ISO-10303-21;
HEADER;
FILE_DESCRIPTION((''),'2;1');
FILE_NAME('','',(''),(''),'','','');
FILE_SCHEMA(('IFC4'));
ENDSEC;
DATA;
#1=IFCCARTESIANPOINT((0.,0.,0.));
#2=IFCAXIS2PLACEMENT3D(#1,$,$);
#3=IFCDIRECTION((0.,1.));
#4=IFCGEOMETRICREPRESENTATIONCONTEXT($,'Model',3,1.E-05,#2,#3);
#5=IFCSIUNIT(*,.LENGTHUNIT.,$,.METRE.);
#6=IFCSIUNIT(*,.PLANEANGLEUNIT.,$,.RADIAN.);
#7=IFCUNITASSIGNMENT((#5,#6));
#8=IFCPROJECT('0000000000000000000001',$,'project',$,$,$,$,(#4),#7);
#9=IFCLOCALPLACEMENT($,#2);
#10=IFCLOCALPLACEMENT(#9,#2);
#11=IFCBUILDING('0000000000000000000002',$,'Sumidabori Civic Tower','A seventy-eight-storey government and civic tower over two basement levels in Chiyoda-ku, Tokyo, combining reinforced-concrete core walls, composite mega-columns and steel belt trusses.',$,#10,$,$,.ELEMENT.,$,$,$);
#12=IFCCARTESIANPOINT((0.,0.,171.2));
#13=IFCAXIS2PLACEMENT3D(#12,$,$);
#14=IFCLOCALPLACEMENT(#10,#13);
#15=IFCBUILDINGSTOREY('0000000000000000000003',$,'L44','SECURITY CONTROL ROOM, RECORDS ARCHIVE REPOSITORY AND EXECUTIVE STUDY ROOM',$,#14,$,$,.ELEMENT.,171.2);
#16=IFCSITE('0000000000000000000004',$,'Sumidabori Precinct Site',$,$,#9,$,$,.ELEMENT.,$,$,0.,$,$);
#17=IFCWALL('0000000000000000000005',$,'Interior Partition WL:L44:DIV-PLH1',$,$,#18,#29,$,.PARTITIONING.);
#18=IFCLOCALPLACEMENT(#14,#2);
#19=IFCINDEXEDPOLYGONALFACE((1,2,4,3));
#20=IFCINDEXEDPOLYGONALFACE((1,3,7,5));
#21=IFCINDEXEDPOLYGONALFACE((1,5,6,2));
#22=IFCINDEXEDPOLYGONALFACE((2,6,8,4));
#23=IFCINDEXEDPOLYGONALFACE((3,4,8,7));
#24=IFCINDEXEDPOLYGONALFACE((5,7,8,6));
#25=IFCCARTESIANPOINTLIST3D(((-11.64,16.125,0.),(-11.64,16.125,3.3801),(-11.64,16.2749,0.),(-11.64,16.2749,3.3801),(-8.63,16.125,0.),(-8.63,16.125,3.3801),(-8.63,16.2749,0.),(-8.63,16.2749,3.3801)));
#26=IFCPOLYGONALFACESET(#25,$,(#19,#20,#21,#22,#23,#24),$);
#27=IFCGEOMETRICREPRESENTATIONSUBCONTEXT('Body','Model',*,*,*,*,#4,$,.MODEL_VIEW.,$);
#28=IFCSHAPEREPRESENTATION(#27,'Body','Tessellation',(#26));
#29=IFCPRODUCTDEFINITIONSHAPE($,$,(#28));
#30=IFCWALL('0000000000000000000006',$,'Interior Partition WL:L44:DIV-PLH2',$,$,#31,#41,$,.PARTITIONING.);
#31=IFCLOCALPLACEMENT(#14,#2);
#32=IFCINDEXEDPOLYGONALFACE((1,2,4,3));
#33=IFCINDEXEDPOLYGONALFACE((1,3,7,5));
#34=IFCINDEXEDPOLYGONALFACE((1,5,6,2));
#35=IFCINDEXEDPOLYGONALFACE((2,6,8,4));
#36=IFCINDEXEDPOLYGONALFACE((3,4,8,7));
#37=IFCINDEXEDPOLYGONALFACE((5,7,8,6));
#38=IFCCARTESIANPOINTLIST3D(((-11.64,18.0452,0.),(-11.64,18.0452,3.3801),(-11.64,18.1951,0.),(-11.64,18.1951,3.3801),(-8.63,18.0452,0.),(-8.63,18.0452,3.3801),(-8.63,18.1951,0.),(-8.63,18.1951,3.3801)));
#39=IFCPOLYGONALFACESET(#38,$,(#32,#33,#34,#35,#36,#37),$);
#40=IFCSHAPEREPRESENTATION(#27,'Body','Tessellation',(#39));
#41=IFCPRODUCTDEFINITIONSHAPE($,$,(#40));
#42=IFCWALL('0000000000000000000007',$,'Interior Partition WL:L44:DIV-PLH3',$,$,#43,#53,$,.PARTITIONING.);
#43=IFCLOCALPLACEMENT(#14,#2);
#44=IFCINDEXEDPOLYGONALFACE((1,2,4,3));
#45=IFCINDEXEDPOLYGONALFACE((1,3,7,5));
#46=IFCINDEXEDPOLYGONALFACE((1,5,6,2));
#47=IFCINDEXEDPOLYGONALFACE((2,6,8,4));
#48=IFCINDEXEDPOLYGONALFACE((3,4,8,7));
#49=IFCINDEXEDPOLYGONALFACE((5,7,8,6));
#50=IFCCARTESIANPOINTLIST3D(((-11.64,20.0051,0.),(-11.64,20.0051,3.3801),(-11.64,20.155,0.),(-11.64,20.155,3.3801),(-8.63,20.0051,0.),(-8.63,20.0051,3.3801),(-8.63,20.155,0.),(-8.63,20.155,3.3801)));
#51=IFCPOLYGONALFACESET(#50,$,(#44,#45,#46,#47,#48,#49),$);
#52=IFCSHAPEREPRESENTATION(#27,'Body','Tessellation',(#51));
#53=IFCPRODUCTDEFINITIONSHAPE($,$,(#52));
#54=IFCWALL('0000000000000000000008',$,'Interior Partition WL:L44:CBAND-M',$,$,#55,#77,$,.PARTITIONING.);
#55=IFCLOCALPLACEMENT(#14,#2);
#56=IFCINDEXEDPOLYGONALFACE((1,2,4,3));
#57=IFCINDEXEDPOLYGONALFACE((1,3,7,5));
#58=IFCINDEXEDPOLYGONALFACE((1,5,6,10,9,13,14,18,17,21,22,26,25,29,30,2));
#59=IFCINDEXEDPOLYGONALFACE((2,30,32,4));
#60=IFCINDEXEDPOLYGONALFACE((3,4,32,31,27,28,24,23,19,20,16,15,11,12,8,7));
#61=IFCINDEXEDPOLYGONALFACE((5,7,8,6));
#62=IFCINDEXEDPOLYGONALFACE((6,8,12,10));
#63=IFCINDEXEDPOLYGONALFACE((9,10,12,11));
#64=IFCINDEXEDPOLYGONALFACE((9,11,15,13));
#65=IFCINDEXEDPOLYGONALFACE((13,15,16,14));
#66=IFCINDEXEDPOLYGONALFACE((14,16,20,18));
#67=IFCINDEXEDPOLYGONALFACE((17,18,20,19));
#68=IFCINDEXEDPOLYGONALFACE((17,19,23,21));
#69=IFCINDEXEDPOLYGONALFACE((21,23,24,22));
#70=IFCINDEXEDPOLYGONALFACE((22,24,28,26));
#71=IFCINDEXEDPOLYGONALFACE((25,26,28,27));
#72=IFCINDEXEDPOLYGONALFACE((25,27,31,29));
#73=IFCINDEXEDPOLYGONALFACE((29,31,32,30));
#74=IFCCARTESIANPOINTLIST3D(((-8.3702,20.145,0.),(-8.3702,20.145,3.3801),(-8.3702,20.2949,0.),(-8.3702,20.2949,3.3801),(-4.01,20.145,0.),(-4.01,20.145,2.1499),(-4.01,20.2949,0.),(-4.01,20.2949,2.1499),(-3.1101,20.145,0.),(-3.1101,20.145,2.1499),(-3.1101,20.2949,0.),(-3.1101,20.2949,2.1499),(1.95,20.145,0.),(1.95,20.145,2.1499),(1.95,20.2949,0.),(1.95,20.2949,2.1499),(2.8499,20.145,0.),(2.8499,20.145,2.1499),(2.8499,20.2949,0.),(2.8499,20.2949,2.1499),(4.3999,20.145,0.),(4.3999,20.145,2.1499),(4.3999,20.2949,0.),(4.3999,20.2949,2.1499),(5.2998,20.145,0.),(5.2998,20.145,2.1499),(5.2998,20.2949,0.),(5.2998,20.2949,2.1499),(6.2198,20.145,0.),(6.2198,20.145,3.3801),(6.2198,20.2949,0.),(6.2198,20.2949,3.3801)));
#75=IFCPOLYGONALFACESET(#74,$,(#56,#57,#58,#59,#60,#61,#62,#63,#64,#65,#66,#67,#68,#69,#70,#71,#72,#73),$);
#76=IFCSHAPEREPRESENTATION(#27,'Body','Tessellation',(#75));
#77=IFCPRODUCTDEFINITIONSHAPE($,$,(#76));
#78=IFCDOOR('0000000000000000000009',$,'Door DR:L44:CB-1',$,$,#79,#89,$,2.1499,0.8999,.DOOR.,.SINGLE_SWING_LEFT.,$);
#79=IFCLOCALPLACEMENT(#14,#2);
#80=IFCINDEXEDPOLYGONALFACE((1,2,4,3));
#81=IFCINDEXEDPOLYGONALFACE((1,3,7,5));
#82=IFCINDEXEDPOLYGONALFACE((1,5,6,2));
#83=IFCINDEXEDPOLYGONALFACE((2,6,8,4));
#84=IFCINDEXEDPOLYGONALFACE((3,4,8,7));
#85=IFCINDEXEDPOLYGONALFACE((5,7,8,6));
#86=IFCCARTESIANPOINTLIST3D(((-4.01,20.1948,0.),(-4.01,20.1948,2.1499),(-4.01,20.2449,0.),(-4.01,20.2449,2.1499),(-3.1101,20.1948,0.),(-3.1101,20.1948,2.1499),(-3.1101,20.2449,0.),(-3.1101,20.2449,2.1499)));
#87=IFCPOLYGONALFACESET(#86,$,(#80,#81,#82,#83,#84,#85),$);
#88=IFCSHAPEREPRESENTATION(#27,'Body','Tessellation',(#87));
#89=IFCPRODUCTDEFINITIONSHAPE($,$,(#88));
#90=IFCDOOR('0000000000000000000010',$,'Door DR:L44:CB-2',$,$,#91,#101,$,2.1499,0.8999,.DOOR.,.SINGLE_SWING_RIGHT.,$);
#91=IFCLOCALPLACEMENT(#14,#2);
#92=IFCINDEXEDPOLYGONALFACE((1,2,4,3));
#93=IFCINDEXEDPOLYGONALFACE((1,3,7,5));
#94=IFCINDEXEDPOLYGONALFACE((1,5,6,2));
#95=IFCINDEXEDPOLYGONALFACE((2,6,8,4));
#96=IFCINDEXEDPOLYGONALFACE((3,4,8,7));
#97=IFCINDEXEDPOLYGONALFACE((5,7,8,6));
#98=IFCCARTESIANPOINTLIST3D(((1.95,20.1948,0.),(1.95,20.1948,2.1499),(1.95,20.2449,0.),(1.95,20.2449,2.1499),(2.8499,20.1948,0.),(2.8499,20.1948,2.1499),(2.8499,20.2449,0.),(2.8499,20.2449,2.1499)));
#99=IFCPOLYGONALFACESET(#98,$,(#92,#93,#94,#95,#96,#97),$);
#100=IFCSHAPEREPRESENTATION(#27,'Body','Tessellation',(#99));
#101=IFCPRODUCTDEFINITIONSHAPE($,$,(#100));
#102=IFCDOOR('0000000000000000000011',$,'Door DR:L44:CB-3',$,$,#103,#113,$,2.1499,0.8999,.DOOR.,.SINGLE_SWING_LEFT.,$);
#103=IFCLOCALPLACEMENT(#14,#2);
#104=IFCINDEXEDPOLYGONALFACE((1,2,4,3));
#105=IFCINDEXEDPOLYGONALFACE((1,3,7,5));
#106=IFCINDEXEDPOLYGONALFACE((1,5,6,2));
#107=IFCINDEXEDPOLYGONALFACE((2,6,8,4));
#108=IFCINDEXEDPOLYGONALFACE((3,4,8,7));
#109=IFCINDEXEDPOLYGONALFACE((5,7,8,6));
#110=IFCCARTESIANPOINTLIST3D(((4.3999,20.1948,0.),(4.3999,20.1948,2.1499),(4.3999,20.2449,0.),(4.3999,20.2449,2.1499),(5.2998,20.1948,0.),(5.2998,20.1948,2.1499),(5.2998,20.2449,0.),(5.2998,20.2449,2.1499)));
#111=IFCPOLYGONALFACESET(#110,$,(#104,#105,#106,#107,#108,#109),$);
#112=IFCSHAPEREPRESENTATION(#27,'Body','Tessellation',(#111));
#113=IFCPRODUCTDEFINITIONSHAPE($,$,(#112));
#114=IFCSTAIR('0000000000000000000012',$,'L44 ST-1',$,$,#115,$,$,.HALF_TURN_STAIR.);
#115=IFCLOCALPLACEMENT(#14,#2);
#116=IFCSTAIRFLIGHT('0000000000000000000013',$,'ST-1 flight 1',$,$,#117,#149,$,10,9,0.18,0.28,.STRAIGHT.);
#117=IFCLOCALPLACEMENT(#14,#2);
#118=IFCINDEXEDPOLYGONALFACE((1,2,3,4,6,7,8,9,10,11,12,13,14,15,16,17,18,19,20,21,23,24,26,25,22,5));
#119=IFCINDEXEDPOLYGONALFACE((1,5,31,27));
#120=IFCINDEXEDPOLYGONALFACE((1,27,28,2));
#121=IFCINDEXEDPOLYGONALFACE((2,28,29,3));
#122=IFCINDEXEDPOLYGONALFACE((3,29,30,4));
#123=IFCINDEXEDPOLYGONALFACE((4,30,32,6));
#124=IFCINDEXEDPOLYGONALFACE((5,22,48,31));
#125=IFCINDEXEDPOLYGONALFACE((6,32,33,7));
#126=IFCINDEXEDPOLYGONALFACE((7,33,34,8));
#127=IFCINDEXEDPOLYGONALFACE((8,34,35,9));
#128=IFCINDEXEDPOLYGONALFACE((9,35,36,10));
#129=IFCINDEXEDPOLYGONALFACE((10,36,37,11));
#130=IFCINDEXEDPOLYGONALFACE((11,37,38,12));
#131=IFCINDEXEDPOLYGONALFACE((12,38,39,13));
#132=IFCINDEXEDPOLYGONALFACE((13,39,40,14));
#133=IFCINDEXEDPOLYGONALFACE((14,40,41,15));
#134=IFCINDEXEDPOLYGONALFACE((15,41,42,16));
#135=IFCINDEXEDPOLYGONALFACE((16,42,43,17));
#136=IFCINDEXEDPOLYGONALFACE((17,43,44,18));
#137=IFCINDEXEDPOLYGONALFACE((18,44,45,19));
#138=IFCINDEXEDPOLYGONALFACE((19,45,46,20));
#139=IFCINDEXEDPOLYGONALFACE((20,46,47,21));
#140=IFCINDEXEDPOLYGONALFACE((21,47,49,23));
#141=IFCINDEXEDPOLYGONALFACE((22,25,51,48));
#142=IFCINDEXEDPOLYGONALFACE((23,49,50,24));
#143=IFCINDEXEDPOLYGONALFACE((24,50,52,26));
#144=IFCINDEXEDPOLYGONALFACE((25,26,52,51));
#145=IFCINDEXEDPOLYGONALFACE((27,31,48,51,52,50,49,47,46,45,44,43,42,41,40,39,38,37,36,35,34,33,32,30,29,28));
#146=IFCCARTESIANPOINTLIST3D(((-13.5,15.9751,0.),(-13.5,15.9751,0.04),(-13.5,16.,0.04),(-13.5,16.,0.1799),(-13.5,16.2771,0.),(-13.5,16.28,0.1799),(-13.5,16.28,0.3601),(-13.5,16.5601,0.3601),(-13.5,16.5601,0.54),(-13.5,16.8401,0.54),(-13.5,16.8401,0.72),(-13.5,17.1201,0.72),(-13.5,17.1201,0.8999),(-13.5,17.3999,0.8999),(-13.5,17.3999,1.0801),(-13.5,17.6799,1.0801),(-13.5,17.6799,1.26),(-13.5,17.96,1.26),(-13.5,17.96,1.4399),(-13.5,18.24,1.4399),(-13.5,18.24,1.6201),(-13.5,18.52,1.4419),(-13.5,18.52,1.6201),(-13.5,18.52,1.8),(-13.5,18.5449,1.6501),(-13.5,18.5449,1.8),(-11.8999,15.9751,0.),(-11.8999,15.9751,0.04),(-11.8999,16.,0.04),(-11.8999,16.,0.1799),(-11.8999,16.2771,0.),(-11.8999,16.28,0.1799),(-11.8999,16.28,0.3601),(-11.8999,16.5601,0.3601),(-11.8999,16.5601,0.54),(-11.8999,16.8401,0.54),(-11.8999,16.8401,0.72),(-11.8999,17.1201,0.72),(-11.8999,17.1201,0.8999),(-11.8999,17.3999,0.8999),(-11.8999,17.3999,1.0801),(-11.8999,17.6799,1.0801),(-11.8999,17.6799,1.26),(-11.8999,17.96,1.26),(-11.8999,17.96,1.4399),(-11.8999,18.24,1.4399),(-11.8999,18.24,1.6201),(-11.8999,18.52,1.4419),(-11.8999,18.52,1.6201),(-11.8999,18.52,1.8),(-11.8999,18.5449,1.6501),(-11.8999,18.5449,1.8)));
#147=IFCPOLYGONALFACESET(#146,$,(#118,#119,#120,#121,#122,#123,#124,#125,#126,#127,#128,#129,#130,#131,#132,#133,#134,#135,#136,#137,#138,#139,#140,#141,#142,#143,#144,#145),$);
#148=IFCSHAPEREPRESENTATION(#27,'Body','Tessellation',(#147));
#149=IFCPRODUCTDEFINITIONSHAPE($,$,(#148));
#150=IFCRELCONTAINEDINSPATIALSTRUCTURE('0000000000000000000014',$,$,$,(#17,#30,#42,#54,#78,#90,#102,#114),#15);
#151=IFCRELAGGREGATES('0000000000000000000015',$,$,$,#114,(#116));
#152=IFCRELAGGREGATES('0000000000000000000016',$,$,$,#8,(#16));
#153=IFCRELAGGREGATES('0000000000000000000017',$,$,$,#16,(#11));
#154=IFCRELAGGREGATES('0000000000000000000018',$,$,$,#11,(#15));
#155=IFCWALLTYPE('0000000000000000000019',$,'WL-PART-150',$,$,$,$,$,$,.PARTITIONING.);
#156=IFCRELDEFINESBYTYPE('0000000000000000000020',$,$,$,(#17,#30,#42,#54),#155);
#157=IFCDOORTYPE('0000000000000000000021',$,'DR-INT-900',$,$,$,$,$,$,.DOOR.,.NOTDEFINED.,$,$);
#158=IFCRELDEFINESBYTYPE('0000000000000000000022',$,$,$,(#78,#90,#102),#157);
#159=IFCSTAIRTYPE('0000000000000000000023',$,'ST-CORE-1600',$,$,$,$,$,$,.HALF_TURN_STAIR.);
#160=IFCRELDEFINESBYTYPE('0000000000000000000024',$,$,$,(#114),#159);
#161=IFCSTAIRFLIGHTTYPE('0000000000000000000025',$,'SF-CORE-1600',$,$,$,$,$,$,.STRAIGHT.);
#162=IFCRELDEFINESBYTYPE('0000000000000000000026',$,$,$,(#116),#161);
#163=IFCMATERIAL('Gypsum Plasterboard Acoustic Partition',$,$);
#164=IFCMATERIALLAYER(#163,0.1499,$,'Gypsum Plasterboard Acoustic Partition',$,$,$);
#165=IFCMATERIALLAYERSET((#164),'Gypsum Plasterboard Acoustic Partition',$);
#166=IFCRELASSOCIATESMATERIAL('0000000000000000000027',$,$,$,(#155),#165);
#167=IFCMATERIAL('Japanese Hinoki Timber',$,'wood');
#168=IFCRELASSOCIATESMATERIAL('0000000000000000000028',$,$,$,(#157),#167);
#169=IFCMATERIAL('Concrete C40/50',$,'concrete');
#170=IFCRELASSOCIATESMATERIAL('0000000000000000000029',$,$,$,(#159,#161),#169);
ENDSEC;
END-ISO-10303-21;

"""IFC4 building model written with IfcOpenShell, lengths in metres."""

from ifc_helpers import new_model, si_unit, direction, frame, frame_2d, origin, place, context, subcontext, project, spatial, polyline, rectangle, outline, extrude, source, transform, mapped, material, layer, layer_set, type_object, element, fill, aggregate, save


model = new_model("IFC4")

# Units and contexts
model_context = context("Model", 3, precision=1e-05, world=origin(), true_north=direction((0.0, 1.0)))
body_context = subcontext(model_context, "Body", "Model", "MODEL_VIEW")
ifc_project = project(units=[si_unit("LENGTHUNIT", "METRE"), si_unit("PLANEANGLEUNIT", "RADIAN")], contexts=[model_context])

# Site, building, storey
site_placement = place(None, origin())
site = spatial("IfcSite", under=ifc_project, at=site_placement, Name="Sumidabori Precinct Site", CompositionType="ELEMENT", RefElevation=0.0)
building_placement = place(site_placement, origin())
building = spatial("IfcBuilding", under=site, at=building_placement, Name="Sumidabori Civic Tower", Description="A seventy-eight-storey government and civic tower over two basement levels in Chiyoda-ku, Tokyo, combining reinforced-concrete core walls, composite mega-columns and steel belt trusses.", CompositionType="ELEMENT")
storey_placement = place(building_placement, frame((0.0, 0.0, 171.2)))
storey = spatial("IfcBuildingStorey", under=building, at=storey_placement, Name="L44", Description="SECURITY CONTROL ROOM, RECORDS ARCHIVE REPOSITORY AND EXECUTIVE STUDY ROOM", CompositionType="ELEMENT", Elevation=171.2)

# Walls
ifc_material_1 = material(Name="Gypsum Plasterboard Acoustic Partition")
ifc_layer_1 = layer(ifc_material_1, 0.1499, Name="Gypsum Plasterboard Acoustic Partition")
ifc_layer_set_1 = layer_set([ifc_layer_1], Name="Gypsum Plasterboard Acoustic Partition")
wall_type_1 = type_object("IfcWallType", Name="WL-PART-150", PredefinedType="PARTITIONING", material=ifc_layer_set_1)
shared_shape_1 = source(origin(), body_context, "Body", "SweptSolid", [
    extrude(rectangle(XDim=3.01, YDim=0.1499, at=frame_2d((1.5049, 0.0))), origin(), (0.0, 0.0, 1.0), 3.3801),
])
for number, where, z_axis, x_axis, name in (
    (1, (-11.6399, 16.2, 0.0), (0.0, 0.0, 1.0), (1.0, 0.0, 0.0), "Interior Partition WL:L44:DIV-PLH1"),
    (2, (-11.6399, 18.1201, 0.0), (0.0, 0.0, 1.0), (1.0, 0.0, 0.0), "Interior Partition WL:L44:DIV-PLH2"),
    (3, (-11.6399, 20.0801, 0.0), (0.0, 0.0, 1.0), (1.0, 0.0, 0.0), "Interior Partition WL:L44:DIV-PLH3"),
):
    element("IfcWall", number, at=place(storey_placement, frame(where, z_axis=z_axis, x_axis=x_axis)), inside=storey, type_object=wall_type_1, Name=name, PredefinedType="PARTITIONING", context=body_context, shape_type="MappedRepresentation", body=[
        mapped(shared_shape_1, transform((0.0, 0.0, 0.0), x_axis=(1.0, 0.0, 0.0), y_axis=(0.0, 1.0, 0.0), z_axis=(0.0, 0.0, 1.0), scale=1.0)),
    ])

# Wall, openings, doors
shared_shape_2 = source(origin(), body_context, "Body", "SweptSolid", [
    extrude(rectangle(XDim=14.5901, YDim=0.1499, at=frame_2d((7.2949, 0.0))), origin(), (0.0, 0.0, 1.0), 3.3801),
])
wall_1_placement = place(storey_placement, frame((-8.3701, 20.22, 0.0), z_axis=(0.0, 0.0, 1.0), x_axis=(1.0, 0.0, 0.0)))
wall_1 = element("IfcWall", 4, at=wall_1_placement, inside=storey, type_object=wall_type_1, Name="Interior Partition WL:L44:CBAND-M", PredefinedType="PARTITIONING", context=body_context, shape_type="MappedRepresentation", body=[
    mapped(shared_shape_2, transform((0.0, 0.0, 0.0), x_axis=(1.0, 0.0, 0.0), y_axis=(0.0, 1.0, 0.0), z_axis=(0.0, 0.0, 1.0), scale=1.0)),
])
opening_1_placement = place(wall_1_placement, frame((4.3601, 0.0, 0.0)))
opening_1 = element("IfcOpeningElement", 5, at=opening_1_placement, cuts=wall_1, PredefinedType="OPENING", context=body_context, shape_type="SweptSolid", body=[
    extrude(rectangle(XDim=0.8999, YDim=2.1499, at=frame_2d((0.45, 1.075))), frame((0.0, 0.0869, 0.0), z_axis=(0.0, -1.0, 0.0), x_axis=(1.0, 0.0, 0.0)), (0.0, 0.0, 1.0), 0.1738),
])
opening_2_placement = place(wall_1_placement, frame((10.3201, 0.0, 0.0)))
opening_2 = element("IfcOpeningElement", 6, at=opening_2_placement, cuts=wall_1, PredefinedType="OPENING", context=body_context, shape_type="SweptSolid", body=[
    extrude(rectangle(XDim=0.8999, YDim=2.1499, at=frame_2d((0.45, 1.075))), frame((0.0, 0.0869, 0.0), z_axis=(0.0, -1.0, 0.0), x_axis=(1.0, 0.0, 0.0)), (0.0, 0.0, 1.0), 0.1738),
])
opening_3_placement = place(wall_1_placement, frame((12.77, 0.0, 0.0)))
opening_3 = element("IfcOpeningElement", 7, at=opening_3_placement, cuts=wall_1, PredefinedType="OPENING", context=body_context, shape_type="SweptSolid", body=[
    extrude(rectangle(XDim=0.8999, YDim=2.1499, at=frame_2d((0.45, 1.075))), frame((0.0, 0.0869, 0.0), z_axis=(0.0, -1.0, 0.0), x_axis=(1.0, 0.0, 0.0)), (0.0, 0.0, 1.0), 0.1738),
])
ifc_material_2 = material(Name="Japanese Hinoki Timber", Category="wood")
door_type = type_object("IfcDoorType", Name="DR-INT-900", OperationType="NOTDEFINED", PredefinedType="DOOR", material=ifc_material_2)
shared_shape_3 = source(origin(), body_context, "Body", "SweptSolid", [
    extrude(rectangle(XDim=0.8999, YDim=2.1499, at=frame_2d((0.45, 1.075))), frame((0.0, 0.0249, 0.0), z_axis=(0.0, -1.0, 0.0), x_axis=(1.0, 0.0, 0.0)), (0.0, 0.0, 1.0), 0.05),
])
door_1_placement = place(opening_1_placement, origin())
door_1 = element("IfcDoor", 8, at=door_1_placement, inside=storey, type_object=door_type, Name="Door DR:L44:CB-1", OperationType="SINGLE_SWING_LEFT", OverallHeight=2.1499, OverallWidth=0.8999, PredefinedType="DOOR", context=body_context, shape_type="MappedRepresentation", body=[
    mapped(shared_shape_3, transform((0.0, 0.0, 0.0), x_axis=(1.0, 0.0, 0.0), y_axis=(0.0, 1.0, 0.0), z_axis=(0.0, 0.0, 1.0), scale=1.0)),
])
fill(opening_1, door_1)
door_2_placement = place(opening_2_placement, origin())
door_2 = element("IfcDoor", 9, at=door_2_placement, inside=storey, type_object=door_type, Name="Door DR:L44:CB-2", OperationType="SINGLE_SWING_RIGHT", OverallHeight=2.1499, OverallWidth=0.8999, PredefinedType="DOOR", context=body_context, shape_type="MappedRepresentation", body=[
    mapped(shared_shape_3, transform((0.0, 0.0, 0.0), x_axis=(1.0, 0.0, 0.0), y_axis=(0.0, 1.0, 0.0), z_axis=(0.0, 0.0, 1.0), scale=1.0)),
])
fill(opening_2, door_2)
door_3_placement = place(opening_3_placement, origin())
door_3 = element("IfcDoor", 10, at=door_3_placement, inside=storey, type_object=door_type, Name="Door DR:L44:CB-3", OperationType="SINGLE_SWING_LEFT", OverallHeight=2.1499, OverallWidth=0.8999, PredefinedType="DOOR", context=body_context, shape_type="MappedRepresentation", body=[
    mapped(shared_shape_3, transform((0.0, 0.0, 0.0), x_axis=(1.0, 0.0, 0.0), y_axis=(0.0, 1.0, 0.0), z_axis=(0.0, 0.0, 1.0), scale=1.0)),
])
fill(opening_3, door_3)

# Stair, stair flight
ifc_material_3 = material(Name="Concrete C40/50", Category="concrete")
stair_type = type_object("IfcStairType", Name="ST-CORE-1600", PredefinedType="HALF_TURN_STAIR", material=ifc_material_3)
stair_placement = place(storey_placement, origin())
stair = element("IfcStair", 11, at=stair_placement, inside=storey, type_object=stair_type, Name="L44 ST-1", PredefinedType="HALF_TURN_STAIR")
stair_flight_type = type_object("IfcStairFlightType", Name="SF-CORE-1600", PredefinedType="STRAIGHT", material=ifc_material_3)
shared_shape_4 = source(origin(), body_context, "Body", "SweptSolid", [
    extrude(outline(polyline([(-0.0249, 0.0), (-0.0249, 0.04), (0.0, 0.04), (0.0, 0.1799), (0.28, 0.1799), (0.28, 0.3601), (0.5601, 0.3601), (0.5601, 0.54), (0.8401, 0.54), (0.8401, 0.72), (1.1201, 0.72), (1.1201, 0.8999), (1.3999, 0.8999), (1.3999, 1.0801), (1.6799, 1.0801), (1.6799, 1.26), (1.96, 1.26), (1.96, 1.4399), (2.24, 1.4399), (2.24, 1.6201), (2.52, 1.6201), (2.52, 1.8), (2.5449, 1.8), (2.5449, 1.6501), (2.52, 1.4419), (0.2771, 0.0), (-0.0249, 0.0)])), frame((0.0, 0.8, 0.0), z_axis=(0.0, -1.0, 0.0), x_axis=(1.0, 0.0, 0.0)), (0.0, 0.0, 1.0), 1.6001),
])
stair_flight_1_placement = place(storey_placement, frame((-12.7, 16.0, 0.0), z_axis=(0.0, 0.0, 1.0), x_axis=(0.0, 1.0, 0.0)))
stair_flight_1 = element("IfcStairFlight", 12, at=stair_flight_1_placement, type_object=stair_flight_type, Name="ST-1 flight 1", NumberOfRisers=10, NumberOfTreads=9, PredefinedType="STRAIGHT", RiserHeight=0.18, TreadLength=0.28, context=body_context, shape_type="MappedRepresentation", body=[
    mapped(shared_shape_4, transform((0.0, 0.0, 0.0), x_axis=(1.0, 0.0, 0.0), y_axis=(0.0, 1.0, 0.0), z_axis=(0.0, 0.0, 1.0), scale=1.0)),
])
aggregate(stair, [stair_flight_1])

save(model, "model.ifc")
